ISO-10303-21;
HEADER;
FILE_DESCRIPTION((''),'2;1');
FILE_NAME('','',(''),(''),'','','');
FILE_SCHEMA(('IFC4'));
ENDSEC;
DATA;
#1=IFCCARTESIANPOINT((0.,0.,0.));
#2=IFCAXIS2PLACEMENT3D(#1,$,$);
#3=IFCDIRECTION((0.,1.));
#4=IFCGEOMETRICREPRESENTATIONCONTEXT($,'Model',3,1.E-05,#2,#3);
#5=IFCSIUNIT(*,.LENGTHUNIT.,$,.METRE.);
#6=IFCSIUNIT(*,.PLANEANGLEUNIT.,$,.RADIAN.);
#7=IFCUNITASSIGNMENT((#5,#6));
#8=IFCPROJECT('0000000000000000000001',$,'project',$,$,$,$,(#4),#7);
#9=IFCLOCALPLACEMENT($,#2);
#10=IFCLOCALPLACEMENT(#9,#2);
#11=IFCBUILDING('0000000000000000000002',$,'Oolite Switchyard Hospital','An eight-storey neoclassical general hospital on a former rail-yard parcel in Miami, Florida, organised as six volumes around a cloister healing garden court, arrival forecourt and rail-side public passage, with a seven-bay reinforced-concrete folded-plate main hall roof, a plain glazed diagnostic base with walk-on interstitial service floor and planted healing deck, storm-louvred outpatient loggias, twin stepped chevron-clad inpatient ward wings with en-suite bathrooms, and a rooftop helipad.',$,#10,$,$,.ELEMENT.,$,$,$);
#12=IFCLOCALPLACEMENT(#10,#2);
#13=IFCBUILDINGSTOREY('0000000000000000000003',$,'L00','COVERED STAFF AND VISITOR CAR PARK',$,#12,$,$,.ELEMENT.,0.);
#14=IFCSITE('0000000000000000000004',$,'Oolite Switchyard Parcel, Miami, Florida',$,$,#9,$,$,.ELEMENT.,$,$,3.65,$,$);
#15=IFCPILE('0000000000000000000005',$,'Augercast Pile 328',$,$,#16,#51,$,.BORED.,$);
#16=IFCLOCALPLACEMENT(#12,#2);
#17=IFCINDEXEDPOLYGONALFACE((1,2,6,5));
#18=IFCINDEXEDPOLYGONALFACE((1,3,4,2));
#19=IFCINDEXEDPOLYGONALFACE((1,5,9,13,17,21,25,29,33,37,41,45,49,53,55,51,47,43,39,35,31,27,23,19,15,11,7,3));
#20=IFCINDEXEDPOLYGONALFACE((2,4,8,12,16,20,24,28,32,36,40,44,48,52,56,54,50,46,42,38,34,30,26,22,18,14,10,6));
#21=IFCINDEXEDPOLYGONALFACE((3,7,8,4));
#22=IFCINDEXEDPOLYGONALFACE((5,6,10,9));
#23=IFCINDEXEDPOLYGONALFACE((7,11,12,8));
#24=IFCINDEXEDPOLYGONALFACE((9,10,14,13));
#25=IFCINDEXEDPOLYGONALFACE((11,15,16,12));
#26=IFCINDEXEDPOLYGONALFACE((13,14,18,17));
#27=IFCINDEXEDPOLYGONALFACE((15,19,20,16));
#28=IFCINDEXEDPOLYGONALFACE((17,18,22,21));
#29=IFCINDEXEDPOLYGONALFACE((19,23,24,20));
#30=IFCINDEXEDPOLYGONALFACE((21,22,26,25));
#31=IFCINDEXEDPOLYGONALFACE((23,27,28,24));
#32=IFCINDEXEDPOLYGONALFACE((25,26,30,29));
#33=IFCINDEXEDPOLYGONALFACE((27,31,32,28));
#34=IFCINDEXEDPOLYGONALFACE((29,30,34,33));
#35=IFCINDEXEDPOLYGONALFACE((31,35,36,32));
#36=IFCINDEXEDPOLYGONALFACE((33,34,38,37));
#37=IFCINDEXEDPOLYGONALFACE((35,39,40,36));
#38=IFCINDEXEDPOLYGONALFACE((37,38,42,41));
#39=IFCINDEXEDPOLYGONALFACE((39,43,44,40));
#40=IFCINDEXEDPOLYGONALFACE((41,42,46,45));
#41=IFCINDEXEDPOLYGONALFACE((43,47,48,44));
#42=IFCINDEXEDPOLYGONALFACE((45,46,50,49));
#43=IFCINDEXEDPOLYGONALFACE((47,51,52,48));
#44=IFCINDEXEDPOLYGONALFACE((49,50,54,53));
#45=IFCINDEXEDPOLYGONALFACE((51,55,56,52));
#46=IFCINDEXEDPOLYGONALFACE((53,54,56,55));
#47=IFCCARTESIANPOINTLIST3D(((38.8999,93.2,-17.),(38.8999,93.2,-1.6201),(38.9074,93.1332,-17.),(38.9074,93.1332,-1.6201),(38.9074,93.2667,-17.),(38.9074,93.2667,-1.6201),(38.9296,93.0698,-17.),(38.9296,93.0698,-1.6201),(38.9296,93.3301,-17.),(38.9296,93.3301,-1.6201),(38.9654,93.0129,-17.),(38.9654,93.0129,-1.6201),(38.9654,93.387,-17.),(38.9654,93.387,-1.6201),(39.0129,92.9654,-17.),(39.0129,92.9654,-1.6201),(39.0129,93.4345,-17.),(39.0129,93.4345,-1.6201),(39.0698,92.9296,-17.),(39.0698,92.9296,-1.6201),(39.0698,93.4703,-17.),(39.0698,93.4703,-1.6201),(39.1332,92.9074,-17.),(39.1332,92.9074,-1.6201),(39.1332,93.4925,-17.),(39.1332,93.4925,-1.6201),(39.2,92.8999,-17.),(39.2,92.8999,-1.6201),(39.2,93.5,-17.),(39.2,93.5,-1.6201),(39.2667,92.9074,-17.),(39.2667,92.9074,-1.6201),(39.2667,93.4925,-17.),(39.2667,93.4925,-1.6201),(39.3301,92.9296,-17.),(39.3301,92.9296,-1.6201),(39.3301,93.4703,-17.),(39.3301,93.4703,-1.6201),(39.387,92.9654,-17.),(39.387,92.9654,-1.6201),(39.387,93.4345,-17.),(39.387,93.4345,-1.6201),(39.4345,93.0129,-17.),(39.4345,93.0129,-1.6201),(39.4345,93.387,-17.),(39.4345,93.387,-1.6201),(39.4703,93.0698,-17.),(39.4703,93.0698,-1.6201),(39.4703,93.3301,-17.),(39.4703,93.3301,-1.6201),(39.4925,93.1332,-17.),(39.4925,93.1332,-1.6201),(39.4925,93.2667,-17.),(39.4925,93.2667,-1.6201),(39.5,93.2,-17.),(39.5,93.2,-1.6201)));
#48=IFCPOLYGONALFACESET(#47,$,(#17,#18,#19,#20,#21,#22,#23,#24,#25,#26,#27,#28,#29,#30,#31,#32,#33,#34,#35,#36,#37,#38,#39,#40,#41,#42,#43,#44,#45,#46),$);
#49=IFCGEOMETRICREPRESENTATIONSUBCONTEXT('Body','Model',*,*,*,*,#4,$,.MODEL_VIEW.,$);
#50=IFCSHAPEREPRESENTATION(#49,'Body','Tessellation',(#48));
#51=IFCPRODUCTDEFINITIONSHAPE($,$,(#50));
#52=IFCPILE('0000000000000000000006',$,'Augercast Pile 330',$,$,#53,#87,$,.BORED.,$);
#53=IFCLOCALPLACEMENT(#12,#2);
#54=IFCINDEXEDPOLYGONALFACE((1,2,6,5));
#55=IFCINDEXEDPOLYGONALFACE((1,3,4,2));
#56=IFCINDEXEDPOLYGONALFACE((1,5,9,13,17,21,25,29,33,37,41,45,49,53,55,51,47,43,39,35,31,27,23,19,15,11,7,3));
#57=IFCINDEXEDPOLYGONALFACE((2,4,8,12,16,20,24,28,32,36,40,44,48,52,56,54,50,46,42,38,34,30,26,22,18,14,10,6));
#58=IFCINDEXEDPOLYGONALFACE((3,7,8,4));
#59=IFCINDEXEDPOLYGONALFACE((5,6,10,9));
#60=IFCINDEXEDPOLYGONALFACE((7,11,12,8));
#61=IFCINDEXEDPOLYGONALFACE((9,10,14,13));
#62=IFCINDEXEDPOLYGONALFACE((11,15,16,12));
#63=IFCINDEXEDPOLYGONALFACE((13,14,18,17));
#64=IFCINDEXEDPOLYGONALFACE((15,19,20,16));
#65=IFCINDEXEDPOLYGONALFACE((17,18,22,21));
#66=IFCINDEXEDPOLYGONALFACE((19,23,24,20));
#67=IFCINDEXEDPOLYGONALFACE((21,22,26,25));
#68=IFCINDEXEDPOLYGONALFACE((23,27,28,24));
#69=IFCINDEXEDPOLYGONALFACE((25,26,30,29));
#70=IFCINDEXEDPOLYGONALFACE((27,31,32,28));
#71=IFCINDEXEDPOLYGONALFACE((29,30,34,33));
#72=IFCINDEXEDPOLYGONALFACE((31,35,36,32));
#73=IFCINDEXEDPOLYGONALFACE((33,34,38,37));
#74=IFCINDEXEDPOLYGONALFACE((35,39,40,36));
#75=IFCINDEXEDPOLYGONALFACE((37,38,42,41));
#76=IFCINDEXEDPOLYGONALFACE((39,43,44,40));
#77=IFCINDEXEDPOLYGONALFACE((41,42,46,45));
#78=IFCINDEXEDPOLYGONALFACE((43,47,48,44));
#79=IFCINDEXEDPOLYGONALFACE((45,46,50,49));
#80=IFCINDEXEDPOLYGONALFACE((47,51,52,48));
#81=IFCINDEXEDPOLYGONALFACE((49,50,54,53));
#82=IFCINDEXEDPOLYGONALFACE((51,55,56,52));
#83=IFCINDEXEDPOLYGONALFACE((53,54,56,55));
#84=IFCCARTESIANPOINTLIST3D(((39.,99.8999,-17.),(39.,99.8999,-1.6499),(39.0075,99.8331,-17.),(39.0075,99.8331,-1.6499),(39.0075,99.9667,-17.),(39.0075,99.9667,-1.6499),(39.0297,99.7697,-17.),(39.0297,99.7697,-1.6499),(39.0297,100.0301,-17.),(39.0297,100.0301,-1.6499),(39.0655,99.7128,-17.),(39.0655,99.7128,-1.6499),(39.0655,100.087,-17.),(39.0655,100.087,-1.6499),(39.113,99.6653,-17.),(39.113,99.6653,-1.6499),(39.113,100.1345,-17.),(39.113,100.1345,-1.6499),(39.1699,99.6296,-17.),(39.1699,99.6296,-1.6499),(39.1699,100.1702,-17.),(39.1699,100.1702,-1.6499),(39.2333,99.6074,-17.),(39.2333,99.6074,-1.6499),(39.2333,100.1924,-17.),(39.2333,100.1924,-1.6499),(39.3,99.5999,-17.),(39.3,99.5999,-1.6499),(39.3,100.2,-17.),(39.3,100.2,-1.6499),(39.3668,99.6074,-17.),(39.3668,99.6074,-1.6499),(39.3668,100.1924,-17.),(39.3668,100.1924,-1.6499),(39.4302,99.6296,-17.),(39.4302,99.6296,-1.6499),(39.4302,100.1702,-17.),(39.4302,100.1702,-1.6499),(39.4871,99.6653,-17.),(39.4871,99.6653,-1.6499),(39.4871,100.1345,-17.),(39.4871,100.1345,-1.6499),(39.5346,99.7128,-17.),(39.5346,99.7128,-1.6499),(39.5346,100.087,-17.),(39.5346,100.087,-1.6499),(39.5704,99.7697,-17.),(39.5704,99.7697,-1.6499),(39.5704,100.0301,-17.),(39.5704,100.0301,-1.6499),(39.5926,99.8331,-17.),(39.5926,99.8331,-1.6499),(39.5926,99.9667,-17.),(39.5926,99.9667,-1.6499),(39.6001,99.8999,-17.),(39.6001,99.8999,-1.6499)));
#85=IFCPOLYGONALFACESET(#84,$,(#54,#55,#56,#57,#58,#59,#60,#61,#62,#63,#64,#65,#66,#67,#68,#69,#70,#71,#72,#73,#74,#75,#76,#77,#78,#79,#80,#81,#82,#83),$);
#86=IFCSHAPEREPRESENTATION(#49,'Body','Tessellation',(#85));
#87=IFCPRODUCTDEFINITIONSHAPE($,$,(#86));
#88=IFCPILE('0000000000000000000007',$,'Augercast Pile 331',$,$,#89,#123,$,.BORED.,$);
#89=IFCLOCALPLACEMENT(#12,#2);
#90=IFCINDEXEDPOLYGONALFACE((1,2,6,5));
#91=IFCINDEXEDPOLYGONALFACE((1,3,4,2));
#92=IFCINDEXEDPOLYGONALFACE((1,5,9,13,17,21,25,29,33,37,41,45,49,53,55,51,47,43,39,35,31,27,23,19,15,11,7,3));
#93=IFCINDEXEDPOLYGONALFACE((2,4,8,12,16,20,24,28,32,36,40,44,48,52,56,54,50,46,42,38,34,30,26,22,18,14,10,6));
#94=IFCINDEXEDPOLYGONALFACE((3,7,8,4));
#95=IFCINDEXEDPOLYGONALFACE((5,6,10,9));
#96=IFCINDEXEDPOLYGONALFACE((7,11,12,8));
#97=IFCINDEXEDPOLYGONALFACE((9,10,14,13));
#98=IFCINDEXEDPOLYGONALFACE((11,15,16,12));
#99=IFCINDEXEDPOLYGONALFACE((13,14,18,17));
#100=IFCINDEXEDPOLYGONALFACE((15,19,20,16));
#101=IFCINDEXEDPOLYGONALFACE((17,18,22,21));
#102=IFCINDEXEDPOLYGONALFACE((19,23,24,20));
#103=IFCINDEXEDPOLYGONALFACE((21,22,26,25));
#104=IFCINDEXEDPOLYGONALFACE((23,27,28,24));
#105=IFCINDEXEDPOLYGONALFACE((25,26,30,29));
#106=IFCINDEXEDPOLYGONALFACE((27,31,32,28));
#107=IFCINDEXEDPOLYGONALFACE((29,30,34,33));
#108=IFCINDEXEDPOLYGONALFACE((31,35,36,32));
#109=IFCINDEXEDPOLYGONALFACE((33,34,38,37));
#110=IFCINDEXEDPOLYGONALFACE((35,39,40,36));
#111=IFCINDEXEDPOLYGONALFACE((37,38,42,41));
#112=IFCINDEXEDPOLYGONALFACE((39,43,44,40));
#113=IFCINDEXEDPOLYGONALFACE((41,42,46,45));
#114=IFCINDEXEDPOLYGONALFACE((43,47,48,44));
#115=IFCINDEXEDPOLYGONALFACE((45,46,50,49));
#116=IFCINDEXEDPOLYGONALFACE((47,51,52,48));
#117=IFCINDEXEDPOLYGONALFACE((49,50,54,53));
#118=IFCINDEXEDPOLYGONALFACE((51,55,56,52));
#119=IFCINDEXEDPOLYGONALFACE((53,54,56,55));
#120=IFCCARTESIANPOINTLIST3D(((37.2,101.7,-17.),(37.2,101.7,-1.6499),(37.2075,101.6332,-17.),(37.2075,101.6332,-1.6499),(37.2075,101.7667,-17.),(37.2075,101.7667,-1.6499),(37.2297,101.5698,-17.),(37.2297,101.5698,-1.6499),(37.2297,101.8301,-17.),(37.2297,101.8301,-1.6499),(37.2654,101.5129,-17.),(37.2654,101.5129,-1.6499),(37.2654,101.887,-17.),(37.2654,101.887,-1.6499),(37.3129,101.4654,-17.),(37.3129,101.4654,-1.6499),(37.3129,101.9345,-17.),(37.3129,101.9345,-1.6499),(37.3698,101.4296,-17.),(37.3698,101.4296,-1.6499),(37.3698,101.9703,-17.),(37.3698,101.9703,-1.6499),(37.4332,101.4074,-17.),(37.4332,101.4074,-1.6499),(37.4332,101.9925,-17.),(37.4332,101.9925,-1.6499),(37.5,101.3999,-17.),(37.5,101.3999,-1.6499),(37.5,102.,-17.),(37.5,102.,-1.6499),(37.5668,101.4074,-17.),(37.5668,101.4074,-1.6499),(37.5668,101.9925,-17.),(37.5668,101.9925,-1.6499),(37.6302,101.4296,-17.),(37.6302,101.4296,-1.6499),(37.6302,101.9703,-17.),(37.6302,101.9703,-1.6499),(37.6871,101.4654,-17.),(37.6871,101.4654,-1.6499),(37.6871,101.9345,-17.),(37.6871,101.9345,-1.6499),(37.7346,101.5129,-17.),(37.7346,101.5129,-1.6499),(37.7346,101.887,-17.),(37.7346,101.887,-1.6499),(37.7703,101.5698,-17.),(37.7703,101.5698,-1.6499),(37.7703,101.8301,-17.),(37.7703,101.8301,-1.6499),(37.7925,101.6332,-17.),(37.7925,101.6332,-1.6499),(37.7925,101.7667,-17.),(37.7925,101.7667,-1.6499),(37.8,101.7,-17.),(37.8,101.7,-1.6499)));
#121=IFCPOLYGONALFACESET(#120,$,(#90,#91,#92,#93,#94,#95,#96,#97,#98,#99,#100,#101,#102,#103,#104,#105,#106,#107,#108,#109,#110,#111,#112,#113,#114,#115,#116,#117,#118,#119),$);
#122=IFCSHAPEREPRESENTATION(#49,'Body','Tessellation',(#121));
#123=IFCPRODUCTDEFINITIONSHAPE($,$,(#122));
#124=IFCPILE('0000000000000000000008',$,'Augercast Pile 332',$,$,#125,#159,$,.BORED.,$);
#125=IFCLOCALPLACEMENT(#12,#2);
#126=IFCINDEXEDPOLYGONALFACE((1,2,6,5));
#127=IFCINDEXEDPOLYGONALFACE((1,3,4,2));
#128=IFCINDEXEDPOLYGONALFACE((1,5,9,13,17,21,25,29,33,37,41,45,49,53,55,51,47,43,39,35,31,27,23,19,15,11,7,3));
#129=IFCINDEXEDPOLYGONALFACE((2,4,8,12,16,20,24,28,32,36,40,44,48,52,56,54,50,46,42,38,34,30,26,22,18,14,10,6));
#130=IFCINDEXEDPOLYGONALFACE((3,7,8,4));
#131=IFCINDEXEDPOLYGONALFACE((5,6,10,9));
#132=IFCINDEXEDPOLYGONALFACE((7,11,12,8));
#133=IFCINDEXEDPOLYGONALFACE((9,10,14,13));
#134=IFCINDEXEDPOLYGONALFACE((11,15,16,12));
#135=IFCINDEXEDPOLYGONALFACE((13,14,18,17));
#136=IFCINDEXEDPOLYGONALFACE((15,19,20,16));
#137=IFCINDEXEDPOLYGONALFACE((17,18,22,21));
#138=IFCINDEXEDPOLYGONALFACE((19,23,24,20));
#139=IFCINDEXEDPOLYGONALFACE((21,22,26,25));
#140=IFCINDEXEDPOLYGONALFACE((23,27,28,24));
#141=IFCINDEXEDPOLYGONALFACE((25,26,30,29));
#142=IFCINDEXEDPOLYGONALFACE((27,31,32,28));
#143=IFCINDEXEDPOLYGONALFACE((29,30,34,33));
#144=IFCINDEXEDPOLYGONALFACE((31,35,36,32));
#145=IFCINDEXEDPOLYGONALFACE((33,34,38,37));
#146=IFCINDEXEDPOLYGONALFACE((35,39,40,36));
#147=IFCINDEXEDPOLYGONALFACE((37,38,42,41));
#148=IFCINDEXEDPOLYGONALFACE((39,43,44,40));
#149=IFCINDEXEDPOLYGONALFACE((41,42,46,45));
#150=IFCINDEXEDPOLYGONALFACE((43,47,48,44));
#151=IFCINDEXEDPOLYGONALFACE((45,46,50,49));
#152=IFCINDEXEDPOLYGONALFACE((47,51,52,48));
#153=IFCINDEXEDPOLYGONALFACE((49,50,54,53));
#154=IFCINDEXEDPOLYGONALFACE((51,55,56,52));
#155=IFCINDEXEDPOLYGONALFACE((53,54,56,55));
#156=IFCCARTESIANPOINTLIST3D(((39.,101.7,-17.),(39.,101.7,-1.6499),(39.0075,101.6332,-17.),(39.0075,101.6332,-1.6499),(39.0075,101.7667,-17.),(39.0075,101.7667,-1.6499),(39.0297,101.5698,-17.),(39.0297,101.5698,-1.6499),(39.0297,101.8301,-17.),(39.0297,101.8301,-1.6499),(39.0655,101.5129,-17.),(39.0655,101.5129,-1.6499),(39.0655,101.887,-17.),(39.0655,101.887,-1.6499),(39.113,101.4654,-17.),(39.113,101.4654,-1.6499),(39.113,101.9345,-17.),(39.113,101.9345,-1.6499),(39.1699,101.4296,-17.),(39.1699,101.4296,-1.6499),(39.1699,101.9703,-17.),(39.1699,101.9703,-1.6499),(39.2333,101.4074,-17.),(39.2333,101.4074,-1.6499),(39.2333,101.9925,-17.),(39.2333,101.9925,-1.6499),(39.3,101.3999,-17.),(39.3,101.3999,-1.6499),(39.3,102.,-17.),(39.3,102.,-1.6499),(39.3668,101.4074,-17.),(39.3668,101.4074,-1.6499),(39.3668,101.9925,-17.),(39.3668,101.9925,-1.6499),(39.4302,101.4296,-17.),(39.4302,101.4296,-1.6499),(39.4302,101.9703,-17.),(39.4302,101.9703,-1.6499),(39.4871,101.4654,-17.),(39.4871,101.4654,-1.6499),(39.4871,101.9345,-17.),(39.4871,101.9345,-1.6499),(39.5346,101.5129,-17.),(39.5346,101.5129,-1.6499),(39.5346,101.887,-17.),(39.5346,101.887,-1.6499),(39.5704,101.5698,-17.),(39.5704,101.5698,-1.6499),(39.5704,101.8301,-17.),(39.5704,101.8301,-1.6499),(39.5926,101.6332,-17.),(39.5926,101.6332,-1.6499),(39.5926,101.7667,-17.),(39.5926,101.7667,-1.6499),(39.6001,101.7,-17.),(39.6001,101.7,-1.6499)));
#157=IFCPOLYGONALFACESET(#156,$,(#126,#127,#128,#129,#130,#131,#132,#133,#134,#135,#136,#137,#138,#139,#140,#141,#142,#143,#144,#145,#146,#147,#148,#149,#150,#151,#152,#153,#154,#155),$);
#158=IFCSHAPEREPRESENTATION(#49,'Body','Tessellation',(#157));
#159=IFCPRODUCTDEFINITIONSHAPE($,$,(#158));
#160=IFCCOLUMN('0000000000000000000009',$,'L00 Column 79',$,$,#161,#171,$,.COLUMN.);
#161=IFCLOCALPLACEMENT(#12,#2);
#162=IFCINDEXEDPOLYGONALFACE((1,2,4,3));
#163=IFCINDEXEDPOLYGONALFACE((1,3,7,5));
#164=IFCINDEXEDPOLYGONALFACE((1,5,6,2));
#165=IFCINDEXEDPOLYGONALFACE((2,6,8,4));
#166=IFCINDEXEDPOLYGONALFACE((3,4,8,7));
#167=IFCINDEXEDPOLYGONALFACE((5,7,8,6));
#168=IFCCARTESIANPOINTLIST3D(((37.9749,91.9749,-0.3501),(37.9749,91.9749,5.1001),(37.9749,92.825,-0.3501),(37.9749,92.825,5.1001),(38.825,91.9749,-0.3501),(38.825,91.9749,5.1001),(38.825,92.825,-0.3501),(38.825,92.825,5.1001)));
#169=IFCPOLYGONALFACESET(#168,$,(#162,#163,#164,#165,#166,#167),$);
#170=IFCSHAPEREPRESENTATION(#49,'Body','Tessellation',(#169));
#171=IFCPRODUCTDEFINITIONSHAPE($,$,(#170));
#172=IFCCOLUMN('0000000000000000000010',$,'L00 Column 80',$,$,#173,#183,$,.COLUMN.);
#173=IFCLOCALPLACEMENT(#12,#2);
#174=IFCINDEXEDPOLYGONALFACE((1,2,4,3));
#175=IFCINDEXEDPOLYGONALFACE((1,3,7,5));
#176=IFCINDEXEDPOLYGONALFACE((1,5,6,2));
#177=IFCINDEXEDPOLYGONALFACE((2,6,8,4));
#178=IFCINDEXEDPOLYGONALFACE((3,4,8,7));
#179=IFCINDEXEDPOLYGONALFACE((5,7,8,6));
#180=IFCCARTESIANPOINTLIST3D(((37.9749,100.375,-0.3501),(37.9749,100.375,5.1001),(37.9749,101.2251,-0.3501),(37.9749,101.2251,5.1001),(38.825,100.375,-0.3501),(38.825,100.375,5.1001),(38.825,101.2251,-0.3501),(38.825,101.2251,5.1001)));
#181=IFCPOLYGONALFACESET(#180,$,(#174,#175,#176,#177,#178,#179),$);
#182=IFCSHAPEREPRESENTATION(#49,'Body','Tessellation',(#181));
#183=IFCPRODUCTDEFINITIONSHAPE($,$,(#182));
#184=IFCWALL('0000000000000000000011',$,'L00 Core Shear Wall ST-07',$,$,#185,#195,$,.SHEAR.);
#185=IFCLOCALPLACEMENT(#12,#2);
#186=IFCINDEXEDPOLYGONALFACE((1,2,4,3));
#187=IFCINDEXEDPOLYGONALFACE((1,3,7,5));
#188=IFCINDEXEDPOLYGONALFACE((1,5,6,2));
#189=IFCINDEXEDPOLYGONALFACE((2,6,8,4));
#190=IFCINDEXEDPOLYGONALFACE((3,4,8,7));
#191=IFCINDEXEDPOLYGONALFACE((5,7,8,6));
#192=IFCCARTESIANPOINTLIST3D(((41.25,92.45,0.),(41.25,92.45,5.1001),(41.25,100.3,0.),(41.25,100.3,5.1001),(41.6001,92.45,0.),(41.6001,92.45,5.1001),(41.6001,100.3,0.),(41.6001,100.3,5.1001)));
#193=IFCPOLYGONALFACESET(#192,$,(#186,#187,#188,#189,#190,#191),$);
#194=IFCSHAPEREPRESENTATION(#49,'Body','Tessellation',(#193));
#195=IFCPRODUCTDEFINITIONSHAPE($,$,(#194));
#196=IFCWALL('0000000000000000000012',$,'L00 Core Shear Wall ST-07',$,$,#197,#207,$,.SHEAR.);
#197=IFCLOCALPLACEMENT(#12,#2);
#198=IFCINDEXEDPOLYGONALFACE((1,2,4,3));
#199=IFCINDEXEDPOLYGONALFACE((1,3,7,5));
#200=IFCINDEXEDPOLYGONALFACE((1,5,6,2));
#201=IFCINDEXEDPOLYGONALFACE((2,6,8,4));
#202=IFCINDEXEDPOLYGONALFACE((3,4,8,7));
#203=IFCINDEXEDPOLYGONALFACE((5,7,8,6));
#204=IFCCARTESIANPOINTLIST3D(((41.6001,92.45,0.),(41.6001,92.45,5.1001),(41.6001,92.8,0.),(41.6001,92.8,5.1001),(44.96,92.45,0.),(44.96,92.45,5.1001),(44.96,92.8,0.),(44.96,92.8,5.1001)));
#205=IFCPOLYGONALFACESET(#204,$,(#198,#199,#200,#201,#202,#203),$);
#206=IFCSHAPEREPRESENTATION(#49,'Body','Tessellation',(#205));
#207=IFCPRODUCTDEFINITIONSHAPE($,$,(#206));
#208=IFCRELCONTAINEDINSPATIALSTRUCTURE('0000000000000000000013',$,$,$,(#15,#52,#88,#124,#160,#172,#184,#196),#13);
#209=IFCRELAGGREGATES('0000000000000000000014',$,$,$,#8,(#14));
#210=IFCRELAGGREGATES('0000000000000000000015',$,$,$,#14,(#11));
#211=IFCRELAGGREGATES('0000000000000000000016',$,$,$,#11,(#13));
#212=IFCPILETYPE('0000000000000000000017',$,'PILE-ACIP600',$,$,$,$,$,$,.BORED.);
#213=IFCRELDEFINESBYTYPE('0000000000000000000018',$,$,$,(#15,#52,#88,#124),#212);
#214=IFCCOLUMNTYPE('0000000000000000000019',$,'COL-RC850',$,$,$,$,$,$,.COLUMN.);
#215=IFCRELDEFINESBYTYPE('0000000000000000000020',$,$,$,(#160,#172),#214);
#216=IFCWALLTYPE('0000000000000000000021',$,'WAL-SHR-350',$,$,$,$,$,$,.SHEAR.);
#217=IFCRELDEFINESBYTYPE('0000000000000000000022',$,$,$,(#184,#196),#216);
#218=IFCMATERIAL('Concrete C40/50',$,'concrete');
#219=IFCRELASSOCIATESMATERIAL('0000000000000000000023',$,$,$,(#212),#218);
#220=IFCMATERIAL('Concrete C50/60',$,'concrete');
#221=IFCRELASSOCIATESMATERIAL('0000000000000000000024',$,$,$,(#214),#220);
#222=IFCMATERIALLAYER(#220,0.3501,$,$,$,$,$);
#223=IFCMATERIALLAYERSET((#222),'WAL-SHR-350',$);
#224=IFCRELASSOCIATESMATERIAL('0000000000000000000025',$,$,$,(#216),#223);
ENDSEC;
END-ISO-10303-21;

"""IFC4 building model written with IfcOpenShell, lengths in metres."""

from ifc_helpers import new_model, si_unit, direction, frame, frame_2d, origin, origin_2d, place, context, subcontext, project, spatial, rectangle, circle, extrude, material, layer, layer_set, material_profile, profile_set, type_object, element, save


model = new_model("IFC4")

# Units and contexts
model_context = context("Model", 3, precision=1e-05, world=origin(), true_north=direction((0.0, 1.0)))
body_context = subcontext(model_context, "Body", "Model", "MODEL_VIEW")
ifc_project = project(units=[si_unit("LENGTHUNIT", "METRE"), si_unit("PLANEANGLEUNIT", "RADIAN")], contexts=[model_context])

# Site, building, storey
site_placement = place(None, origin())
site = spatial("IfcSite", under=ifc_project, at=site_placement, Name="Oolite Switchyard Parcel, Miami, Florida", CompositionType="ELEMENT", RefElevation=3.65)
building_placement = place(site_placement, origin())
building = spatial("IfcBuilding", under=site, at=building_placement, Name="Oolite Switchyard Hospital", Description="An eight-storey neoclassical general hospital on a former rail-yard parcel in Miami, Florida, organised as six volumes around a cloister healing garden court, arrival forecourt and rail-side public passage, with a seven-bay reinforced-concrete folded-plate main hall roof, a plain glazed diagnostic base with walk-on interstitial service floor and planted healing deck, storm-louvred outpatient loggias, twin stepped chevron-clad inpatient ward wings with en-suite bathrooms, and a rooftop helipad.", CompositionType="ELEMENT")
storey_placement = place(building_placement, origin())
storey = spatial("IfcBuildingStorey", under=building, at=storey_placement, Name="L00", Description="COVERED STAFF AND VISITOR CAR PARK", CompositionType="ELEMENT", Elevation=0.0)

# Shared definitions
ifc_material_1 = material(Name="Concrete C40/50", Category="concrete")

# Piles
ifc_material_profile_1 = material_profile(ifc_material_1, circle(Radius=0.3, at=origin_2d()), Name="PILE600")
ifc_profile_set_1 = profile_set([ifc_material_profile_1], Name="Concrete C40/50")
pile_type = type_object("IfcPileType", Name="PILE-ACIP600", PredefinedType="BORED", material=ifc_profile_set_1)
for number, where, z_axis, x_axis, name in (
    (1, (39.2, 93.2, -1.6201), (0.0, 0.0, -1.0), (1.0, 0.0, 0.0), "Augercast Pile 328"),
):
    element("IfcPile", number, at=place(storey_placement, frame(where, z_axis=z_axis, x_axis=x_axis)), inside=storey, type_object=pile_type, Name=name, PredefinedType="BORED", context=body_context, shape_type="SweptSolid", body=[
        extrude(circle(Radius=0.3, at=origin_2d()), origin(), (0.0, 0.0, 1.0), 15.3799),
    ])
for number, where, z_axis, x_axis, name in (
    (2, (39.3, 99.8999, -1.6499), (0.0, 0.0, -1.0), (1.0, 0.0, 0.0), "Augercast Pile 330"),
    (3, (37.5, 101.7, -1.6499), (0.0, 0.0, -1.0), (1.0, 0.0, 0.0), "Augercast Pile 331"),
    (4, (39.3, 101.7, -1.6499), (0.0, 0.0, -1.0), (1.0, 0.0, 0.0), "Augercast Pile 332"),
):
    element("IfcPile", number, at=place(storey_placement, frame(where, z_axis=z_axis, x_axis=x_axis)), inside=storey, type_object=pile_type, Name=name, PredefinedType="BORED", context=body_context, shape_type="SweptSolid", body=[
        extrude(circle(Radius=0.3, at=origin_2d()), origin(), (0.0, 0.0, 1.0), 15.3501),
    ])

# Columns
ifc_material_2 = material(Name="Concrete C50/60", Category="concrete")
ifc_material_profile_2 = material_profile(ifc_material_2, rectangle(XDim=0.8501, YDim=0.8501, at=origin_2d()), Name="RC850X850")
ifc_profile_set_2 = profile_set([ifc_material_profile_2], Name="Concrete C50/60")
column_type = type_object("IfcColumnType", Name="COL-RC850", PredefinedType="COLUMN", material=ifc_profile_set_2)
for number, where, z_axis, x_axis, name in (
    (5, (38.3999, 92.3999, -0.3501), (0.0, 0.0, 1.0), (1.0, 0.0, 0.0), "L00 Column 79"),
    (6, (38.3999, 100.8, -0.3501), (0.0, 0.0, 1.0), (1.0, 0.0, 0.0), "L00 Column 80"),
):
    element("IfcColumn", number, at=place(storey_placement, frame(where, z_axis=z_axis, x_axis=x_axis)), inside=storey, type_object=column_type, Name=name, PredefinedType="COLUMN", context=body_context, shape_type="SweptSolid", body=[
        extrude(rectangle(XDim=0.8501, YDim=0.8501, at=origin_2d()), origin(), (0.0, 0.0, 1.0), 5.4502),
    ])

# Walls
ifc_layer_1 = layer(ifc_material_2, 0.3501)
ifc_layer_set_1 = layer_set([ifc_layer_1], Name="WAL-SHR-350")
wall_type_1 = type_object("IfcWallType", Name="WAL-SHR-350", PredefinedType="SHEAR", material=ifc_layer_set_1)
wall_1_placement = place(storey_placement, frame((41.425, 100.3, 0.0), z_axis=(0.0, 0.0, 1.0), x_axis=(0.0, -1.0, 0.0)))
element("IfcWall", 7, at=wall_1_placement, inside=storey, type_object=wall_type_1, Name="L00 Core Shear Wall ST-07", PredefinedType="SHEAR", context=body_context, shape_type="SweptSolid", body=[
    extrude(rectangle(XDim=7.8501, YDim=0.3501, at=frame_2d((3.925, 0.0))), origin(), (0.0, 0.0, 1.0), 5.1001),
])
wall_2_placement = place(storey_placement, frame((41.6001, 92.625, 0.0), z_axis=(0.0, 0.0, 1.0), x_axis=(1.0, 0.0, 0.0)))
element("IfcWall", 8, at=wall_2_placement, inside=storey, type_object=wall_type_1, Name="L00 Core Shear Wall ST-07", PredefinedType="SHEAR", context=body_context, shape_type="SweptSolid", body=[
    extrude(rectangle(XDim=3.3599, YDim=0.3501, at=frame_2d((1.6799, 0.0))), origin(), (0.0, 0.0, 1.0), 5.1001),
])

save(model, "model.ifc")
